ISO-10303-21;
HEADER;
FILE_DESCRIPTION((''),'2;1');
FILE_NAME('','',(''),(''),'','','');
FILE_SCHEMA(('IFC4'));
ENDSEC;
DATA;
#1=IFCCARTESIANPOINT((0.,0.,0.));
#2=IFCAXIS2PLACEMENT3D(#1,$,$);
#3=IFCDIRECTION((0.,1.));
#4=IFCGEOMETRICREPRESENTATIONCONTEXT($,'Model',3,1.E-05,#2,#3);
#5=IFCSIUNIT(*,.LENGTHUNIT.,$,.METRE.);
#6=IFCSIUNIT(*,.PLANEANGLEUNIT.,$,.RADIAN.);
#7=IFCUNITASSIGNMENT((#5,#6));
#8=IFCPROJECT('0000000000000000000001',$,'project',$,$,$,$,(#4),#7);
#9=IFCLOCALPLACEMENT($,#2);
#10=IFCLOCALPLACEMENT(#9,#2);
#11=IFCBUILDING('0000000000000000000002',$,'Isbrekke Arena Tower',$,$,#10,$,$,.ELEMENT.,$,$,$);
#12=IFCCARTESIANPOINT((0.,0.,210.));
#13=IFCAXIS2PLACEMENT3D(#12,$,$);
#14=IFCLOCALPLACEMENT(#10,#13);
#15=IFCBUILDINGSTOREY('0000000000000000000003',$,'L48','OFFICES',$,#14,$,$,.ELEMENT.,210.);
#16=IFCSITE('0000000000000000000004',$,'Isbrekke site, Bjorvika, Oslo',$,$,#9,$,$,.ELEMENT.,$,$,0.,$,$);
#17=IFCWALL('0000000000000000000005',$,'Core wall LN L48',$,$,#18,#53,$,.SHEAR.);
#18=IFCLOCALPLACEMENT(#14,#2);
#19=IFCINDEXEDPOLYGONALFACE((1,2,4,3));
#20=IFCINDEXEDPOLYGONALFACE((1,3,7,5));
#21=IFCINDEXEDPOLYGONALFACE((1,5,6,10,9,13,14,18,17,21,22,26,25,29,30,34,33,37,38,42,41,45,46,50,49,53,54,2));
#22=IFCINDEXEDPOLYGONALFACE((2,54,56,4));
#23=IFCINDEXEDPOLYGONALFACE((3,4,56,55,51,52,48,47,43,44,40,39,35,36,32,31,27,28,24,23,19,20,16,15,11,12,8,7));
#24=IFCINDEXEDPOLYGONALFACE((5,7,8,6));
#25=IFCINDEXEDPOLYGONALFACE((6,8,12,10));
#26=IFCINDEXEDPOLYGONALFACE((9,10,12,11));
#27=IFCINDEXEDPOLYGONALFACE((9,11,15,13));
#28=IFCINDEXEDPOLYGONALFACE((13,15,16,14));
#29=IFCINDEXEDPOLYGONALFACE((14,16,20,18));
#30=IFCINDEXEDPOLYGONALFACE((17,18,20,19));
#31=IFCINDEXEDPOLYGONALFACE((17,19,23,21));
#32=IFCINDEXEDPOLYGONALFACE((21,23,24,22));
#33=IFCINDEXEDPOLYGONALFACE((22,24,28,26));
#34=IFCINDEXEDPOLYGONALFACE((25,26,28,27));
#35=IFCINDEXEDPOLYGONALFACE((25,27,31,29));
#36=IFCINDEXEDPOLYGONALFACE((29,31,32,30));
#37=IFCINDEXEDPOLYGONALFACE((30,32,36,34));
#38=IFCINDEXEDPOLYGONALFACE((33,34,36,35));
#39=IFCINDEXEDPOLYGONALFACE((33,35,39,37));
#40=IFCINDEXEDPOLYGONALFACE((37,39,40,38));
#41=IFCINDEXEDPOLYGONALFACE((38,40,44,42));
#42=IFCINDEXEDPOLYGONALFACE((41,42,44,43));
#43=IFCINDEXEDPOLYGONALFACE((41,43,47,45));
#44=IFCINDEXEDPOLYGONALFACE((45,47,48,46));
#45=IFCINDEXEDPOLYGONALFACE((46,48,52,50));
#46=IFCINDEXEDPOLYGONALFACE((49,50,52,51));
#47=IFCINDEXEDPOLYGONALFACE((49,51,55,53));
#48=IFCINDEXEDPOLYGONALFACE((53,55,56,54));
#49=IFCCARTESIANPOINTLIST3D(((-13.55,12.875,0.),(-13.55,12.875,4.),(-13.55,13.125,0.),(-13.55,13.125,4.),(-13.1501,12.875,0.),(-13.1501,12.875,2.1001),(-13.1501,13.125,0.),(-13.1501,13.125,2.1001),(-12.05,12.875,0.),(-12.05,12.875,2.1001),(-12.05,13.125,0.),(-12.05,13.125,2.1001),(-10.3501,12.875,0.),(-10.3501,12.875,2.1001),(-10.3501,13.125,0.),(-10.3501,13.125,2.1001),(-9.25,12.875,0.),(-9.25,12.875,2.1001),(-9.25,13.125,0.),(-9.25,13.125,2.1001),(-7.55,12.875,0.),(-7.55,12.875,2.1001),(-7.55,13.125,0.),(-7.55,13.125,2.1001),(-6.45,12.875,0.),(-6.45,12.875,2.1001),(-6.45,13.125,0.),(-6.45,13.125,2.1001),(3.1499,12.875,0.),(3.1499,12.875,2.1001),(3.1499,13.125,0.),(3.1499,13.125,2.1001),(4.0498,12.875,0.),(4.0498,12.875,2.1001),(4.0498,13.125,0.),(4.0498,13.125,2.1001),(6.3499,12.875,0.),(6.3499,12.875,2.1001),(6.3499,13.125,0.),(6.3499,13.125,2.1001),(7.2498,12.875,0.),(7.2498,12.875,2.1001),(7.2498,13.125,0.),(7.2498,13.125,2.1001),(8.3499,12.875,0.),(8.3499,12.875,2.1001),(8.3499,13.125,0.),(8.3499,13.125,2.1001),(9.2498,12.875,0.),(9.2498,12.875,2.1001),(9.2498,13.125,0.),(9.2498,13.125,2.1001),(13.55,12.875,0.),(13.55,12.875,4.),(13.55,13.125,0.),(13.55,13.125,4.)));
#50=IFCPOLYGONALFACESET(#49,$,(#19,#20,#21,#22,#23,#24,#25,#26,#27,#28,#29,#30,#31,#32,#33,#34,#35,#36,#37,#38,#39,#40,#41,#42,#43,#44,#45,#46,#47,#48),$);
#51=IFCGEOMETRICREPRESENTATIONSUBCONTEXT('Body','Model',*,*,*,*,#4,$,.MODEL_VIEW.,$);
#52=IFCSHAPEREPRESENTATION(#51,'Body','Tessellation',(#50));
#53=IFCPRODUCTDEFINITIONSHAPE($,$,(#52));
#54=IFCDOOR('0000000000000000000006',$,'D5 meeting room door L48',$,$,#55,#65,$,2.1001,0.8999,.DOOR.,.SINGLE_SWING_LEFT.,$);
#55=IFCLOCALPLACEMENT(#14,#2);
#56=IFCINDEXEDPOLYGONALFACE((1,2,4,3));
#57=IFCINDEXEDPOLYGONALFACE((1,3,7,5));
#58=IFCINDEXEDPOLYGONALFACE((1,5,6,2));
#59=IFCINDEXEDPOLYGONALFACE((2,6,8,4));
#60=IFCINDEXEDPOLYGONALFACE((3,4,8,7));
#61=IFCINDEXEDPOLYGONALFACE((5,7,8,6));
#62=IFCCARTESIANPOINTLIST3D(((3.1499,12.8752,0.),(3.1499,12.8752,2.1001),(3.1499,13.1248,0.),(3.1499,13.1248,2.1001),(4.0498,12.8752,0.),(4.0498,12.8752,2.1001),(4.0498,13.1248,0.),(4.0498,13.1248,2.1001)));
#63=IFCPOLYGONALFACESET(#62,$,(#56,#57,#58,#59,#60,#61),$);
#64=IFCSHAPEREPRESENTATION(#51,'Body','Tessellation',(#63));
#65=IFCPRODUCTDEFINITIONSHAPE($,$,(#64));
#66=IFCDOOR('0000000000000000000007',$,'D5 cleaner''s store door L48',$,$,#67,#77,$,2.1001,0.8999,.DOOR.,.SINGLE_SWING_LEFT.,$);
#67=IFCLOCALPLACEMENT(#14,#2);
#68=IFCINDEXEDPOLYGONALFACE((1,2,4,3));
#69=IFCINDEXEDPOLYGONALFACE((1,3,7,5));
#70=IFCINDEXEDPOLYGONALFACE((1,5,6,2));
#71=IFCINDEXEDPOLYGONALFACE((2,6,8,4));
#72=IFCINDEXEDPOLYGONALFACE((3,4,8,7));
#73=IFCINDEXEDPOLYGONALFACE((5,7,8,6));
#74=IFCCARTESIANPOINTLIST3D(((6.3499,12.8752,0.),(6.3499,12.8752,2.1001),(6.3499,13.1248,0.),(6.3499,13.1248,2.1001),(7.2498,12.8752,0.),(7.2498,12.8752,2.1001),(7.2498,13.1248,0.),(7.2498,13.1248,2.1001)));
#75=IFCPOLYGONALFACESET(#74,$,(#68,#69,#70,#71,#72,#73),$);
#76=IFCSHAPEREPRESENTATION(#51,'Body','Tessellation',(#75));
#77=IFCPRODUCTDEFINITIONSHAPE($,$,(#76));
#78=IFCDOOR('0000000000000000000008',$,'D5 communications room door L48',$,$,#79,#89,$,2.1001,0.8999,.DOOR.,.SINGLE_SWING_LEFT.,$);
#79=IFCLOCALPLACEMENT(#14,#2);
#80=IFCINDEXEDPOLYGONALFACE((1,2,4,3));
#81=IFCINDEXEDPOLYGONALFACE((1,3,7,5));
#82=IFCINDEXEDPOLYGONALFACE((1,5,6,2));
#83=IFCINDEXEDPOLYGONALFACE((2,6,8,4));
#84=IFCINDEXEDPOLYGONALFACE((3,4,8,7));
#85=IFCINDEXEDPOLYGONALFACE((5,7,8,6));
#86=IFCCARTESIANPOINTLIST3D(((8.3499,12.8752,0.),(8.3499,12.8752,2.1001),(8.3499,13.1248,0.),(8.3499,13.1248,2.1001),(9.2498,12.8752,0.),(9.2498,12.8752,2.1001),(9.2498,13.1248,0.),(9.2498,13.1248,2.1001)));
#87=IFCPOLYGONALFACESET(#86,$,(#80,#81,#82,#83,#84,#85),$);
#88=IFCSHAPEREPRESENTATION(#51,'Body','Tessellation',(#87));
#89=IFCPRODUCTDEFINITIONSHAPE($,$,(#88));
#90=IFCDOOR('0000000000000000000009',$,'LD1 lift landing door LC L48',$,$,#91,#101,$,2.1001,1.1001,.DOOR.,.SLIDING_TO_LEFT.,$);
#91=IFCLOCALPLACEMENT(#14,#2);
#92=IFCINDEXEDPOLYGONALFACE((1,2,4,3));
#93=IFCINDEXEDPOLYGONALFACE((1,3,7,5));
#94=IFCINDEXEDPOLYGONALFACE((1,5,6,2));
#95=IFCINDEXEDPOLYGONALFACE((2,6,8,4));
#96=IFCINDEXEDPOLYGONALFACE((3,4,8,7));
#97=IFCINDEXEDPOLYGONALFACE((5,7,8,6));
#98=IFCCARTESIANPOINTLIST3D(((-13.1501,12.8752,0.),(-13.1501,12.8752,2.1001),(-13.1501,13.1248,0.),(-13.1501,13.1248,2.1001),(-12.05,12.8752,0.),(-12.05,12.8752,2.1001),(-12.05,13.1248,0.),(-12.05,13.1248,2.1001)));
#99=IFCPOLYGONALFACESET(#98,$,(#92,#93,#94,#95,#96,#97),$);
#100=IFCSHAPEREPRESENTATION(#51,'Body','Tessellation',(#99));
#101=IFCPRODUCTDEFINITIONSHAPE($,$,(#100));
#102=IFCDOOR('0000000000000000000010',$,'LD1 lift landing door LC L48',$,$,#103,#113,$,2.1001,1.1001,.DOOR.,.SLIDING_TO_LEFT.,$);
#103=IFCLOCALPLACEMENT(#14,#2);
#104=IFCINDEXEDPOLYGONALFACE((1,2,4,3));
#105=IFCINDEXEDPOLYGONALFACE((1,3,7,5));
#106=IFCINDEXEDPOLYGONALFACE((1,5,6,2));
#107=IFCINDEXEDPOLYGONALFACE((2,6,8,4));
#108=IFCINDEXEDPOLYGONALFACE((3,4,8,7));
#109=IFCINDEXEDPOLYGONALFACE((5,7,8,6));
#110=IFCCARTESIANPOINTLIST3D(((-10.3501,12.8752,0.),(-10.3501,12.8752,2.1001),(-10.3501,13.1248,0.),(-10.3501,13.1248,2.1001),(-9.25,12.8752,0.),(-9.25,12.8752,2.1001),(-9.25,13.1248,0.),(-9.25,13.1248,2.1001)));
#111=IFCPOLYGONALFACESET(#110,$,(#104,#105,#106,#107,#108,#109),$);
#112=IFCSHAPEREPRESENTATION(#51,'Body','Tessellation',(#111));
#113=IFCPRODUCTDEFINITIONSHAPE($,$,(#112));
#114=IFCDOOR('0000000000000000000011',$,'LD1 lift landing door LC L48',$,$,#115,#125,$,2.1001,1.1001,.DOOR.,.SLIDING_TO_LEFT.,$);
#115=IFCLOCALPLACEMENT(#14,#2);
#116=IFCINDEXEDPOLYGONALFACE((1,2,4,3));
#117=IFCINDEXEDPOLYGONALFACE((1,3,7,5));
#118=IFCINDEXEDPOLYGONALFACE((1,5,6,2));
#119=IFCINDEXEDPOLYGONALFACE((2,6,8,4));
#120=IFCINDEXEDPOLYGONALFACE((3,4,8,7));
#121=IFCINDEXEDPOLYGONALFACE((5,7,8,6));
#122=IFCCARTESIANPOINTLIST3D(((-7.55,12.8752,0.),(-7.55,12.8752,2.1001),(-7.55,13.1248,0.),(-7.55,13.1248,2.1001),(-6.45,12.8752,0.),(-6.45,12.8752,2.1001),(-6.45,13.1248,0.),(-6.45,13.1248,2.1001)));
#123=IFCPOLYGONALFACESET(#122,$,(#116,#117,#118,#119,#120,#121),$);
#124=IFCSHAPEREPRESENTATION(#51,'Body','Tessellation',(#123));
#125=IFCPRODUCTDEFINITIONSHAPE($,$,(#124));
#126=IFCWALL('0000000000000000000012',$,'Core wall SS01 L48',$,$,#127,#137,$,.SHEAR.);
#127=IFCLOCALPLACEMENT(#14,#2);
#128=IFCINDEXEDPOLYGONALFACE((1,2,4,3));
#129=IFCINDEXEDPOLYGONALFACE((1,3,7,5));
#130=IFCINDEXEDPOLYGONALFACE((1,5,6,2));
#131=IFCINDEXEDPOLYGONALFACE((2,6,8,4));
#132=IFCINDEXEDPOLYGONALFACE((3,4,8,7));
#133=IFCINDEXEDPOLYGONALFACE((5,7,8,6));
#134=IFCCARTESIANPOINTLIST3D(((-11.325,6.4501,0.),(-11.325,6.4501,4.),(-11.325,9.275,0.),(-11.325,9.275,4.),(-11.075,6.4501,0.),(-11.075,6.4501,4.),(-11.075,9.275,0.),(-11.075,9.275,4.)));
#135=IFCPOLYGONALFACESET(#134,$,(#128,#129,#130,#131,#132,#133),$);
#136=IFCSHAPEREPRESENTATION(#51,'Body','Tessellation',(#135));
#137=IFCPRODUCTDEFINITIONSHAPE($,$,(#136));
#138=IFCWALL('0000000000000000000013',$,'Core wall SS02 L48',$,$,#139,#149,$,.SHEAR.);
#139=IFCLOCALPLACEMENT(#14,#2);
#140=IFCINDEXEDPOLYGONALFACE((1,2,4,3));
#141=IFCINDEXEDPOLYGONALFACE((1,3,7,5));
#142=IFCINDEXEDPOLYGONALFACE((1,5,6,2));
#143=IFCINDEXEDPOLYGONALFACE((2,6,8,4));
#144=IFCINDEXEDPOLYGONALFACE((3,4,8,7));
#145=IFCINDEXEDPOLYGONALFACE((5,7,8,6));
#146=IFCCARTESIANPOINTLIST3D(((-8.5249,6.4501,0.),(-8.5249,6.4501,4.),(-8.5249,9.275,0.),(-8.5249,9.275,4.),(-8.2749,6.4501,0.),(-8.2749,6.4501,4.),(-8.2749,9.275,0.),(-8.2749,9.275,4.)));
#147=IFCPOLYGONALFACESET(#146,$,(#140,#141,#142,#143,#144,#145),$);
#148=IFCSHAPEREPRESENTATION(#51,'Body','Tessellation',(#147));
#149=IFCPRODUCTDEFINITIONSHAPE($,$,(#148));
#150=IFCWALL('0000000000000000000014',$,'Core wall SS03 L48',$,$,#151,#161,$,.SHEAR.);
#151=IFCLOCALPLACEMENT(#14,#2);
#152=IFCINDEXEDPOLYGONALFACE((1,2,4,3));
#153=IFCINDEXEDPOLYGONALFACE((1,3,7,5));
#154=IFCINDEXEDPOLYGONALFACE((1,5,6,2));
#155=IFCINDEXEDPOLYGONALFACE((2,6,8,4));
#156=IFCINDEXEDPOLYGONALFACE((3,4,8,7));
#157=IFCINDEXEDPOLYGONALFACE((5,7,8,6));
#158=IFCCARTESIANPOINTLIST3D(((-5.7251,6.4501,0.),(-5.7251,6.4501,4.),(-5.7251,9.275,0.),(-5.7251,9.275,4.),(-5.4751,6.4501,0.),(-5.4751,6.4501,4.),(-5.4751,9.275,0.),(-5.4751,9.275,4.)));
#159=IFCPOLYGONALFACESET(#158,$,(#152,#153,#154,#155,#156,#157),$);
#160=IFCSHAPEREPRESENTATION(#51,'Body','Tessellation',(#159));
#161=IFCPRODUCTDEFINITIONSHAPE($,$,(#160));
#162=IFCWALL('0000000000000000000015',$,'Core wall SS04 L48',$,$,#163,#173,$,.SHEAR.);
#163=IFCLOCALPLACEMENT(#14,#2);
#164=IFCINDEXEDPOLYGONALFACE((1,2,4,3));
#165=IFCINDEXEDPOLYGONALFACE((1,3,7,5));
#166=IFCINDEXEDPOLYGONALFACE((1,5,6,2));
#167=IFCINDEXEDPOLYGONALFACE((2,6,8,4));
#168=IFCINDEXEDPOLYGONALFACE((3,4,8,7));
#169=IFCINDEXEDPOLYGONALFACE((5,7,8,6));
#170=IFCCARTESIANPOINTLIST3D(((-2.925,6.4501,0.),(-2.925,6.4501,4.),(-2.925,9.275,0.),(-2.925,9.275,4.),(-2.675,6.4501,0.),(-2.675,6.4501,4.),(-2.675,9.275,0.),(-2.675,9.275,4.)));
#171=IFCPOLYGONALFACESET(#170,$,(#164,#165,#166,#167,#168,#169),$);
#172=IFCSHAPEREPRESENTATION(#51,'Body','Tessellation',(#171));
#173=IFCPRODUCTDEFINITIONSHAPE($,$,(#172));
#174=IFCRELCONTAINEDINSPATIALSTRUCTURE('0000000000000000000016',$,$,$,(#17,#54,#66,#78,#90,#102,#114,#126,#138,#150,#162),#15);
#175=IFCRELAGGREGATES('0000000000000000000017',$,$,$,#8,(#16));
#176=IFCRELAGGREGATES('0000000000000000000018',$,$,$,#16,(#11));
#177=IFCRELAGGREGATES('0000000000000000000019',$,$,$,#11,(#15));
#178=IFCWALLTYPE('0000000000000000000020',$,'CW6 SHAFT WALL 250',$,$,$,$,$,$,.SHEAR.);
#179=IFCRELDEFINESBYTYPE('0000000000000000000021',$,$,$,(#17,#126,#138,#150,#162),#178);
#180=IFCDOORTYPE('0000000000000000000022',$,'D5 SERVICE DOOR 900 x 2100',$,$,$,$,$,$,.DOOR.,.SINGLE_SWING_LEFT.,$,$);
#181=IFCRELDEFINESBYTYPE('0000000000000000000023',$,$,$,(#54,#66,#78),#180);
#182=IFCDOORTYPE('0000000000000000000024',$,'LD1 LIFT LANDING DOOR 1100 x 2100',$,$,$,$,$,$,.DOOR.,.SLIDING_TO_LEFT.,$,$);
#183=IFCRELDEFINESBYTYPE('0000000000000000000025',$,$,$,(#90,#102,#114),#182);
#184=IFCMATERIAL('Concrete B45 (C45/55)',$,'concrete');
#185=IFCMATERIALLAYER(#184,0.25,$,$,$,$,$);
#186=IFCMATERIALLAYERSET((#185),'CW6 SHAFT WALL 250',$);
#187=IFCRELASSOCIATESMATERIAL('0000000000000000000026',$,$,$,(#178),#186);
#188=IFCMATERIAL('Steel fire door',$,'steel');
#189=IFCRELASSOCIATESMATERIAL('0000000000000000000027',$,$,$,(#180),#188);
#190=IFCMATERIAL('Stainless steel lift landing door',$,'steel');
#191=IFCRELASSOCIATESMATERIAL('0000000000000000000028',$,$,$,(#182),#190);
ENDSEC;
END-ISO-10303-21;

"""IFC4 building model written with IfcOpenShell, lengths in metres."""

from ifc_helpers import new_model, si_unit, direction, frame, frame_2d, origin, place, context, subcontext, project, spatial, rectangle, extrude, material, layer, layer_set, type_object, element, fill, save


model = new_model("IFC4")

# Units and contexts
model_context = context("Model", 3, precision=1e-05, world=origin(), true_north=direction((0.0, 1.0)))
body_context = subcontext(model_context, "Body", "Model", "MODEL_VIEW")
ifc_project = project(units=[si_unit("LENGTHUNIT", "METRE"), si_unit("PLANEANGLEUNIT", "RADIAN")], contexts=[model_context])

# Site, building, storey
site_placement = place(None, origin())
site = spatial("IfcSite", under=ifc_project, at=site_placement, Name="Isbrekke site, Bjorvika, Oslo", CompositionType="ELEMENT", RefElevation=0.0)
building_placement = place(site_placement, origin())
building = spatial("IfcBuilding", under=site, at=building_placement, Name="Isbrekke Arena Tower", CompositionType="ELEMENT")
storey_placement = place(building_placement, frame((0.0, 0.0, 210.0)))
storey = spatial("IfcBuildingStorey", under=building, at=storey_placement, Name="L48", Description="OFFICES", CompositionType="ELEMENT", Elevation=210.0)

# Wall, openings, doors
ifc_material_1 = material(Name="Concrete B45 (C45/55)", Category="concrete")
ifc_layer_1 = layer(ifc_material_1, 0.25)
ifc_layer_set_1 = layer_set([ifc_layer_1], Name="CW6 SHAFT WALL 250")
wall_type_1 = type_object("IfcWallType", Name="CW6 SHAFT WALL 250", PredefinedType="SHEAR", material=ifc_layer_set_1)
ifc_material_2 = material(Name="Steel fire door", Category="steel")
door_type_1 = type_object("IfcDoorType", Name="D5 SERVICE DOOR 900 x 2100", OperationType="SINGLE_SWING_LEFT", PredefinedType="DOOR", material=ifc_material_2)
ifc_material_3 = material(Name="Stainless steel lift landing door", Category="steel")
door_type_2 = type_object("IfcDoorType", Name="LD1 LIFT LANDING DOOR 1100 x 2100", OperationType="SLIDING_TO_LEFT", PredefinedType="DOOR", material=ifc_material_3)
wall_1_placement = place(storey_placement, frame((-13.55, 13.0, 0.0), z_axis=(0.0, 0.0, 1.0), x_axis=(1.0, 0.0, 0.0)))
wall_1 = element("IfcWall", 1, at=wall_1_placement, inside=storey, type_object=wall_type_1, Name="Core wall LN L48", PredefinedType="SHEAR", context=body_context, shape_type="SweptSolid", body=[
    extrude(rectangle(XDim=27.1001, YDim=0.25, at=frame_2d((13.55, 0.0))), origin(), (0.0, 0.0, 1.0), 4.0),
])
opening_1_placement = place(wall_1_placement, frame((0.3999, 0.0, 0.0)))
opening_1 = element("IfcOpeningElement", 2, at=opening_1_placement, cuts=wall_1, PredefinedType="OPENING", context=body_context, shape_type="SweptSolid", body=[
    extrude(rectangle(XDim=1.1001, YDim=2.1001, at=frame_2d((0.55, 1.05))), frame((0.0, 0.1399, 0.0), z_axis=(0.0, -1.0, 0.0), x_axis=(1.0, 0.0, 0.0)), (0.0, 0.0, 1.0), 0.2798),
])
opening_2_placement = place(wall_1_placement, frame((3.2, 0.0, 0.0)))
opening_2 = element("IfcOpeningElement", 3, at=opening_2_placement, cuts=wall_1, PredefinedType="OPENING", context=body_context, shape_type="SweptSolid", body=[
    extrude(rectangle(XDim=1.1001, YDim=2.1001, at=frame_2d((0.55, 1.05))), frame((0.0, 0.1399, 0.0), z_axis=(0.0, -1.0, 0.0), x_axis=(1.0, 0.0, 0.0)), (0.0, 0.0, 1.0), 0.2798),
])
opening_3_placement = place(wall_1_placement, frame((6.0, 0.0, 0.0)))
opening_3 = element("IfcOpeningElement", 4, at=opening_3_placement, cuts=wall_1, PredefinedType="OPENING", context=body_context, shape_type="SweptSolid", body=[
    extrude(rectangle(XDim=1.1001, YDim=2.1001, at=frame_2d((0.55, 1.05))), frame((0.0, 0.1399, 0.0), z_axis=(0.0, -1.0, 0.0), x_axis=(1.0, 0.0, 0.0)), (0.0, 0.0, 1.0), 0.2798),
])
opening_4_placement = place(wall_1_placement, frame((16.7, 0.0, 0.0)))
opening_4 = element("IfcOpeningElement", 5, at=opening_4_placement, cuts=wall_1, PredefinedType="OPENING", context=body_context, shape_type="SweptSolid", body=[
    extrude(rectangle(XDim=0.8999, YDim=2.1001, at=frame_2d((0.45, 1.05))), frame((0.0, 0.1399, 0.0), z_axis=(0.0, -1.0, 0.0), x_axis=(1.0, 0.0, 0.0)), (0.0, 0.0, 1.0), 0.2798),
])
opening_5_placement = place(wall_1_placement, frame((19.8999, 0.0, 0.0)))
opening_5 = element("IfcOpeningElement", 6, at=opening_5_placement, cuts=wall_1, PredefinedType="OPENING", context=body_context, shape_type="SweptSolid", body=[
    extrude(rectangle(XDim=0.8999, YDim=2.1001, at=frame_2d((0.45, 1.05))), frame((0.0, 0.1399, 0.0), z_axis=(0.0, -1.0, 0.0), x_axis=(1.0, 0.0, 0.0)), (0.0, 0.0, 1.0), 0.2798),
])
opening_6_placement = place(wall_1_placement, frame((21.8999, 0.0, 0.0)))
opening_6 = element("IfcOpeningElement", 7, at=opening_6_placement, cuts=wall_1, PredefinedType="OPENING", context=body_context, shape_type="SweptSolid", body=[
    extrude(rectangle(XDim=0.8999, YDim=2.1001, at=frame_2d((0.45, 1.05))), frame((0.0, 0.1399, 0.0), z_axis=(0.0, -1.0, 0.0), x_axis=(1.0, 0.0, 0.0)), (0.0, 0.0, 1.0), 0.2798),
])
door_1_placement = place(opening_4_placement, origin())
door_1 = element("IfcDoor", 8, at=door_1_placement, inside=storey, type_object=door_type_1, Name="D5 meeting room door L48", OperationType="SINGLE_SWING_LEFT", OverallHeight=2.1001, OverallWidth=0.8999, PredefinedType="DOOR", context=body_context, shape_type="SweptSolid", body=[
    extrude(rectangle(XDim=0.8999, YDim=2.1001, at=frame_2d((0.45, 1.05))), frame((0.0, 0.1248, 0.0), z_axis=(0.0, -1.0, 0.0), x_axis=(1.0, 0.0, 0.0)), (0.0, 0.0, 1.0), 0.2495),
])
fill(opening_4, door_1)
door_2_placement = place(opening_5_placement, origin())
door_2 = element("IfcDoor", 9, at=door_2_placement, inside=storey, type_object=door_type_1, Name="D5 cleaner's store door L48", OperationType="SINGLE_SWING_LEFT", OverallHeight=2.1001, OverallWidth=0.8999, PredefinedType="DOOR", context=body_context, shape_type="SweptSolid", body=[
    extrude(rectangle(XDim=0.8999, YDim=2.1001, at=frame_2d((0.45, 1.05))), frame((0.0, 0.1248, 0.0), z_axis=(0.0, -1.0, 0.0), x_axis=(1.0, 0.0, 0.0)), (0.0, 0.0, 1.0), 0.2495),
])
fill(opening_5, door_2)
door_3_placement = place(opening_6_placement, origin())
door_3 = element("IfcDoor", 10, at=door_3_placement, inside=storey, type_object=door_type_1, Name="D5 communications room door L48", OperationType="SINGLE_SWING_LEFT", OverallHeight=2.1001, OverallWidth=0.8999, PredefinedType="DOOR", context=body_context, shape_type="SweptSolid", body=[
    extrude(rectangle(XDim=0.8999, YDim=2.1001, at=frame_2d((0.45, 1.05))), frame((0.0, 0.1248, 0.0), z_axis=(0.0, -1.0, 0.0), x_axis=(1.0, 0.0, 0.0)), (0.0, 0.0, 1.0), 0.2495),
])
fill(opening_6, door_3)
door_4_placement = place(opening_1_placement, origin())
door_4 = element("IfcDoor", 11, at=door_4_placement, inside=storey, type_object=door_type_2, Name="LD1 lift landing door LC L48", OperationType="SLIDING_TO_LEFT", OverallHeight=2.1001, OverallWidth=1.1001, PredefinedType="DOOR", context=body_context, shape_type="SweptSolid", body=[
    extrude(rectangle(XDim=1.1001, YDim=2.1001, at=frame_2d((0.55, 1.05))), frame((0.0, 0.1248, 0.0), z_axis=(0.0, -1.0, 0.0), x_axis=(1.0, 0.0, 0.0)), (0.0, 0.0, 1.0), 0.2495),
])
fill(opening_1, door_4)
door_5_placement = place(opening_2_placement, origin())
door_5 = element("IfcDoor", 12, at=door_5_placement, inside=storey, type_object=door_type_2, Name="LD1 lift landing door LC L48", OperationType="SLIDING_TO_LEFT", OverallHeight=2.1001, OverallWidth=1.1001, PredefinedType="DOOR", context=body_context, shape_type="SweptSolid", body=[
    extrude(rectangle(XDim=1.1001, YDim=2.1001, at=frame_2d((0.55, 1.05))), frame((0.0, 0.1248, 0.0), z_axis=(0.0, -1.0, 0.0), x_axis=(1.0, 0.0, 0.0)), (0.0, 0.0, 1.0), 0.2495),
])
fill(opening_2, door_5)
door_6_placement = place(opening_3_placement, origin())
door_6 = element("IfcDoor", 13, at=door_6_placement, inside=storey, type_object=door_type_2, Name="LD1 lift landing door LC L48", OperationType="SLIDING_TO_LEFT", OverallHeight=2.1001, OverallWidth=1.1001, PredefinedType="DOOR", context=body_context, shape_type="SweptSolid", body=[
    extrude(rectangle(XDim=1.1001, YDim=2.1001, at=frame_2d((0.55, 1.05))), frame((0.0, 0.1248, 0.0), z_axis=(0.0, -1.0, 0.0), x_axis=(1.0, 0.0, 0.0)), (0.0, 0.0, 1.0), 0.2495),
])
fill(opening_3, door_6)

# Walls
for number, where, z_axis, x_axis, name in (
    (14, (-11.2, 6.45, 0.0), (0.0, 0.0, 1.0), (0.0, 1.0, 0.0), "Core wall SS01 L48"),
    (15, (-8.3999, 6.45, 0.0), (0.0, 0.0, 1.0), (0.0, 1.0, 0.0), "Core wall SS02 L48"),
    (16, (-5.6001, 6.45, 0.0), (0.0, 0.0, 1.0), (0.0, 1.0, 0.0), "Core wall SS03 L48"),
    (17, (-2.8, 6.45, 0.0), (0.0, 0.0, 1.0), (0.0, 1.0, 0.0), "Core wall SS04 L48"),
):
    element("IfcWall", number, at=place(storey_placement, frame(where, z_axis=z_axis, x_axis=x_axis)), inside=storey, type_object=wall_type_1, Name=name, PredefinedType="SHEAR", context=body_context, shape_type="SweptSolid", body=[
        extrude(rectangle(XDim=2.825, YDim=0.25, at=frame_2d((1.4126, 0.0))), origin(), (0.0, 0.0, 1.0), 4.0),
    ])

save(model, "model.ifc")
